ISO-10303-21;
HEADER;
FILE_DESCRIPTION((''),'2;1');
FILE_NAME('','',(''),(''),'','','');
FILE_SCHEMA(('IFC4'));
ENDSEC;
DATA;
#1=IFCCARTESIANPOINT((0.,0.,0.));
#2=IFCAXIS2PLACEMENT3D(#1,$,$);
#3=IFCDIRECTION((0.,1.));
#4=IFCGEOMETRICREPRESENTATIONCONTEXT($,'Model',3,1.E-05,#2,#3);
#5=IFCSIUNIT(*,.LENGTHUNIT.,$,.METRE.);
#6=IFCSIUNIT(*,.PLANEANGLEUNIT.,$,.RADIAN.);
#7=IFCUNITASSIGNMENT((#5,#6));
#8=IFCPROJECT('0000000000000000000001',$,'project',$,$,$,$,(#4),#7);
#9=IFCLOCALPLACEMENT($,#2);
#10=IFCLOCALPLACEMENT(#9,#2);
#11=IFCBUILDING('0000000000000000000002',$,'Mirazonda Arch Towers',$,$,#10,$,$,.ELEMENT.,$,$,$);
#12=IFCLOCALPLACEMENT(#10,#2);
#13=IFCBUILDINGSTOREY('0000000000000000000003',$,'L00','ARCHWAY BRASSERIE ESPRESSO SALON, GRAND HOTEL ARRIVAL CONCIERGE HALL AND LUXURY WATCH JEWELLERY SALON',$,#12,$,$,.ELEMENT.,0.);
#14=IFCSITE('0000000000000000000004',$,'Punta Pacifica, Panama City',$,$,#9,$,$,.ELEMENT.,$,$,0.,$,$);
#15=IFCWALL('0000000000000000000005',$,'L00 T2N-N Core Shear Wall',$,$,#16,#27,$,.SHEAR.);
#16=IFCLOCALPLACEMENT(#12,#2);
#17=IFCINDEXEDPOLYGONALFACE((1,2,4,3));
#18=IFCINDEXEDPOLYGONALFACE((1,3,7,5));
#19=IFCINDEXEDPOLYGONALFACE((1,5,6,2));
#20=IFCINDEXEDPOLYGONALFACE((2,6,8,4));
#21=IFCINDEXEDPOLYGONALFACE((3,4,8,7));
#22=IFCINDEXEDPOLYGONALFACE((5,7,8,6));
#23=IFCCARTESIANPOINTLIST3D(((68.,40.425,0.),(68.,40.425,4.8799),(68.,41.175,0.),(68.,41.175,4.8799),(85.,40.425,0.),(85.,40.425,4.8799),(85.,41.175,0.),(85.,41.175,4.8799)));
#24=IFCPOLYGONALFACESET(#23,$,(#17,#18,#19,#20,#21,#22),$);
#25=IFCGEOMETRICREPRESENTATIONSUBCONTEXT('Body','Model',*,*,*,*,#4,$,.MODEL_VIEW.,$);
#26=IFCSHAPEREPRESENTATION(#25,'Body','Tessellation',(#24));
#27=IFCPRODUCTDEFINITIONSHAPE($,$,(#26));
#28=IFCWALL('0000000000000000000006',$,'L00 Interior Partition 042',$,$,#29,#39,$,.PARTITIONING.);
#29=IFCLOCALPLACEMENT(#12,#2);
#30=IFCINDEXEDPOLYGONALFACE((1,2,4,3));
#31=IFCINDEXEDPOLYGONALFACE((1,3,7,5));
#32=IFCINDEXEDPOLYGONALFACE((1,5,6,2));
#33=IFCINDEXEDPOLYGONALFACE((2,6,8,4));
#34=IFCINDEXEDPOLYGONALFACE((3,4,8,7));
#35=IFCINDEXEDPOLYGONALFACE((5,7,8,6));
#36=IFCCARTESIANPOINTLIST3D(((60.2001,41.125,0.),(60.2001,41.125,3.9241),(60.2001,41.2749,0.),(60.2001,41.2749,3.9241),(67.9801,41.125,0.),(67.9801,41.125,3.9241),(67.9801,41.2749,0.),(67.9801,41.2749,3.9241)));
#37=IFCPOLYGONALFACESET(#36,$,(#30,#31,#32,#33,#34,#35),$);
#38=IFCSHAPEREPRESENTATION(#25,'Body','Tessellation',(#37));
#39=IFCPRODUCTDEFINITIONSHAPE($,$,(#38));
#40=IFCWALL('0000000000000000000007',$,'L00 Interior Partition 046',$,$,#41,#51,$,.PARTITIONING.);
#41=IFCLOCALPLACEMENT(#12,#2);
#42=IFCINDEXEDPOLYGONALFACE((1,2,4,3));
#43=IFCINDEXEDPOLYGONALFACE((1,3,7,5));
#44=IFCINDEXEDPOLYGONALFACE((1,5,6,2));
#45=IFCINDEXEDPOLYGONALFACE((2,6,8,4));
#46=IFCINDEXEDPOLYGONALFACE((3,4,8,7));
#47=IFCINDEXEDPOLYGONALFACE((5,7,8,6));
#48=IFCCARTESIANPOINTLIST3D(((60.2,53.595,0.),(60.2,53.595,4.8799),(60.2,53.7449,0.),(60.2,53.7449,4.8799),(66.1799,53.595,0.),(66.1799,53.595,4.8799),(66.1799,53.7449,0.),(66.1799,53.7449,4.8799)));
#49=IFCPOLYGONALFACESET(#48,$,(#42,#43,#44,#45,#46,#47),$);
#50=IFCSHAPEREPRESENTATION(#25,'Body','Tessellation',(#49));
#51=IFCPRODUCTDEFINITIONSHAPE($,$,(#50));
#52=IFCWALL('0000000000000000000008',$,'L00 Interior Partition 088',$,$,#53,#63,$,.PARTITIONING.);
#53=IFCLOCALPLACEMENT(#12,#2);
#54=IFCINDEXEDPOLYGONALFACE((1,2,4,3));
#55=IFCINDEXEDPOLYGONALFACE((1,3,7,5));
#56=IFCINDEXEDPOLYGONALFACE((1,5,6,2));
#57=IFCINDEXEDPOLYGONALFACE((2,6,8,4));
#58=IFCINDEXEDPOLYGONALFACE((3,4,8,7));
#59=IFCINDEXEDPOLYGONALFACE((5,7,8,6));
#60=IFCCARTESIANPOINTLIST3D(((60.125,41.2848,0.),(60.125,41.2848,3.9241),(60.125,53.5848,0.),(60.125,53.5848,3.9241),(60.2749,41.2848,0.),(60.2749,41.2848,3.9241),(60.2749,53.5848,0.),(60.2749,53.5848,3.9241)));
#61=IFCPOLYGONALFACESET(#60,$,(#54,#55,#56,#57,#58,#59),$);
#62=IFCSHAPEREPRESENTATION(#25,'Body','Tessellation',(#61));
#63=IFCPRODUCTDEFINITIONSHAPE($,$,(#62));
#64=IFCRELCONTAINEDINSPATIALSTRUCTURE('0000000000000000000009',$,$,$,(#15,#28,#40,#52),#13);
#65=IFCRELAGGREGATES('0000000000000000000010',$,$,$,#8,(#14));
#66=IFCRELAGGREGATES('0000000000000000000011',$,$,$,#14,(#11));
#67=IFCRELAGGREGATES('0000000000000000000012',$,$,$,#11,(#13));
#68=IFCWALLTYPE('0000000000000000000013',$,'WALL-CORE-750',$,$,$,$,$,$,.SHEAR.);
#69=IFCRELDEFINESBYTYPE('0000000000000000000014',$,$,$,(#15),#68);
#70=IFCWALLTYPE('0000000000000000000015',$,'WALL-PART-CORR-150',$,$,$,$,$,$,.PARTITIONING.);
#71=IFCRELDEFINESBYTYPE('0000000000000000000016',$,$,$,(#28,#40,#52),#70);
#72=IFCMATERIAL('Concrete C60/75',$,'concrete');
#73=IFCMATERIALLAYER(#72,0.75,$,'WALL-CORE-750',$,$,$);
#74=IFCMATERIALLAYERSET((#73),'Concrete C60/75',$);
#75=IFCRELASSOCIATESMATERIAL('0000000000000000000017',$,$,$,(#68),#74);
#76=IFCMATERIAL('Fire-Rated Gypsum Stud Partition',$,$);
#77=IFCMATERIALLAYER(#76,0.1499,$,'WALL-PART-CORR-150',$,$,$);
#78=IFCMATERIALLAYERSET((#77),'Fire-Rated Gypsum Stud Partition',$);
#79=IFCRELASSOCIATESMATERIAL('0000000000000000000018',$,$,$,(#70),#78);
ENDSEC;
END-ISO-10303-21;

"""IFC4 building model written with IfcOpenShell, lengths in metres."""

from ifc_helpers import new_model, si_unit, direction, frame, frame_2d, origin, place, context, subcontext, project, spatial, rectangle, extrude, material, layer, layer_set, type_object, element, save


model = new_model("IFC4")

# Units and contexts
model_context = context("Model", 3, precision=1e-05, world=origin(), true_north=direction((0.0, 1.0)))
body_context = subcontext(model_context, "Body", "Model", "MODEL_VIEW")
ifc_project = project(units=[si_unit("LENGTHUNIT", "METRE"), si_unit("PLANEANGLEUNIT", "RADIAN")], contexts=[model_context])

# Site, building, storey
site_placement = place(None, origin())
site = spatial("IfcSite", under=ifc_project, at=site_placement, Name="Punta Pacifica, Panama City", CompositionType="ELEMENT", RefElevation=0.0)
building_placement = place(site_placement, origin())
building = spatial("IfcBuilding", under=site, at=building_placement, Name="Mirazonda Arch Towers", CompositionType="ELEMENT")
storey_placement = place(building_placement, origin())
storey = spatial("IfcBuildingStorey", under=building, at=storey_placement, Name="L00", Description="ARCHWAY BRASSERIE ESPRESSO SALON, GRAND HOTEL ARRIVAL CONCIERGE HALL AND LUXURY WATCH JEWELLERY SALON", CompositionType="ELEMENT", Elevation=0.0)

# Shared definitions
ifc_material_1 = material(Name="Concrete C60/75", Category="concrete")

# Wall
ifc_layer_1 = layer(ifc_material_1, 0.75, Name="WALL-CORE-750")
ifc_layer_set_1 = layer_set([ifc_layer_1], Name="Concrete C60/75")
wall_type_1 = type_object("IfcWallType", Name="WALL-CORE-750", PredefinedType="SHEAR", material=ifc_layer_set_1)
wall_1_placement = place(storey_placement, frame((68.0, 40.8, 0.0), z_axis=(0.0, 0.0, 1.0), x_axis=(1.0, 0.0, 0.0)))
element("IfcWall", 1, at=wall_1_placement, inside=storey, type_object=wall_type_1, Name="L00 T2N-N Core Shear Wall", PredefinedType="SHEAR", context=body_context, shape_type="SweptSolid", body=[
    extrude(rectangle(XDim=17.0, YDim=0.75, at=frame_2d((8.5, 0.0))), origin(), (0.0, 0.0, 1.0), 4.8799),
])

# Walls
ifc_material_2 = material(Name="Fire-Rated Gypsum Stud Partition")
ifc_layer_2 = layer(ifc_material_2, 0.1499, Name="WALL-PART-CORR-150")
ifc_layer_set_2 = layer_set([ifc_layer_2], Name="Fire-Rated Gypsum Stud Partition")
wall_type_2 = type_object("IfcWallType", Name="WALL-PART-CORR-150", PredefinedType="PARTITIONING", material=ifc_layer_set_2)
wall_2_placement = place(storey_placement, frame((60.2, 41.2, 0.0), z_axis=(0.0, 0.0, 1.0), x_axis=(1.0, 0.0, 0.0)))
element("IfcWall", 2, at=wall_2_placement, inside=storey, type_object=wall_type_2, Name="L00 Interior Partition 042", PredefinedType="PARTITIONING", context=body_context, shape_type="SweptSolid", body=[
    extrude(rectangle(XDim=7.78, YDim=0.1499, at=frame_2d((3.8901, 0.0))), origin(), (0.0, 0.0, 1.0), 3.9241),
])
wall_3_placement = place(storey_placement, frame((60.2, 53.6699, 0.0), z_axis=(0.0, 0.0, 1.0), x_axis=(1.0, 0.0, 0.0)))
element("IfcWall", 3, at=wall_3_placement, inside=storey, type_object=wall_type_2, Name="L00 Interior Partition 046", PredefinedType="PARTITIONING", context=body_context, shape_type="SweptSolid", body=[
    extrude(rectangle(XDim=5.98, YDim=0.1499, at=frame_2d((2.99, 0.0))), origin(), (0.0, 0.0, 1.0), 4.8799),
])
wall_4_placement = place(storey_placement, frame((60.2, 41.2849, 0.0), z_axis=(0.0, 0.0, 1.0), x_axis=(0.0, 1.0, 0.0)))
element("IfcWall", 4, at=wall_4_placement, inside=storey, type_object=wall_type_2, Name="L00 Interior Partition 088", PredefinedType="PARTITIONING", context=body_context, shape_type="SweptSolid", body=[
    extrude(rectangle(XDim=12.3, YDim=0.1499, at=frame_2d((6.1499, 0.0))), origin(), (0.0, 0.0, 1.0), 3.9241),
])

save(model, "model.ifc")
